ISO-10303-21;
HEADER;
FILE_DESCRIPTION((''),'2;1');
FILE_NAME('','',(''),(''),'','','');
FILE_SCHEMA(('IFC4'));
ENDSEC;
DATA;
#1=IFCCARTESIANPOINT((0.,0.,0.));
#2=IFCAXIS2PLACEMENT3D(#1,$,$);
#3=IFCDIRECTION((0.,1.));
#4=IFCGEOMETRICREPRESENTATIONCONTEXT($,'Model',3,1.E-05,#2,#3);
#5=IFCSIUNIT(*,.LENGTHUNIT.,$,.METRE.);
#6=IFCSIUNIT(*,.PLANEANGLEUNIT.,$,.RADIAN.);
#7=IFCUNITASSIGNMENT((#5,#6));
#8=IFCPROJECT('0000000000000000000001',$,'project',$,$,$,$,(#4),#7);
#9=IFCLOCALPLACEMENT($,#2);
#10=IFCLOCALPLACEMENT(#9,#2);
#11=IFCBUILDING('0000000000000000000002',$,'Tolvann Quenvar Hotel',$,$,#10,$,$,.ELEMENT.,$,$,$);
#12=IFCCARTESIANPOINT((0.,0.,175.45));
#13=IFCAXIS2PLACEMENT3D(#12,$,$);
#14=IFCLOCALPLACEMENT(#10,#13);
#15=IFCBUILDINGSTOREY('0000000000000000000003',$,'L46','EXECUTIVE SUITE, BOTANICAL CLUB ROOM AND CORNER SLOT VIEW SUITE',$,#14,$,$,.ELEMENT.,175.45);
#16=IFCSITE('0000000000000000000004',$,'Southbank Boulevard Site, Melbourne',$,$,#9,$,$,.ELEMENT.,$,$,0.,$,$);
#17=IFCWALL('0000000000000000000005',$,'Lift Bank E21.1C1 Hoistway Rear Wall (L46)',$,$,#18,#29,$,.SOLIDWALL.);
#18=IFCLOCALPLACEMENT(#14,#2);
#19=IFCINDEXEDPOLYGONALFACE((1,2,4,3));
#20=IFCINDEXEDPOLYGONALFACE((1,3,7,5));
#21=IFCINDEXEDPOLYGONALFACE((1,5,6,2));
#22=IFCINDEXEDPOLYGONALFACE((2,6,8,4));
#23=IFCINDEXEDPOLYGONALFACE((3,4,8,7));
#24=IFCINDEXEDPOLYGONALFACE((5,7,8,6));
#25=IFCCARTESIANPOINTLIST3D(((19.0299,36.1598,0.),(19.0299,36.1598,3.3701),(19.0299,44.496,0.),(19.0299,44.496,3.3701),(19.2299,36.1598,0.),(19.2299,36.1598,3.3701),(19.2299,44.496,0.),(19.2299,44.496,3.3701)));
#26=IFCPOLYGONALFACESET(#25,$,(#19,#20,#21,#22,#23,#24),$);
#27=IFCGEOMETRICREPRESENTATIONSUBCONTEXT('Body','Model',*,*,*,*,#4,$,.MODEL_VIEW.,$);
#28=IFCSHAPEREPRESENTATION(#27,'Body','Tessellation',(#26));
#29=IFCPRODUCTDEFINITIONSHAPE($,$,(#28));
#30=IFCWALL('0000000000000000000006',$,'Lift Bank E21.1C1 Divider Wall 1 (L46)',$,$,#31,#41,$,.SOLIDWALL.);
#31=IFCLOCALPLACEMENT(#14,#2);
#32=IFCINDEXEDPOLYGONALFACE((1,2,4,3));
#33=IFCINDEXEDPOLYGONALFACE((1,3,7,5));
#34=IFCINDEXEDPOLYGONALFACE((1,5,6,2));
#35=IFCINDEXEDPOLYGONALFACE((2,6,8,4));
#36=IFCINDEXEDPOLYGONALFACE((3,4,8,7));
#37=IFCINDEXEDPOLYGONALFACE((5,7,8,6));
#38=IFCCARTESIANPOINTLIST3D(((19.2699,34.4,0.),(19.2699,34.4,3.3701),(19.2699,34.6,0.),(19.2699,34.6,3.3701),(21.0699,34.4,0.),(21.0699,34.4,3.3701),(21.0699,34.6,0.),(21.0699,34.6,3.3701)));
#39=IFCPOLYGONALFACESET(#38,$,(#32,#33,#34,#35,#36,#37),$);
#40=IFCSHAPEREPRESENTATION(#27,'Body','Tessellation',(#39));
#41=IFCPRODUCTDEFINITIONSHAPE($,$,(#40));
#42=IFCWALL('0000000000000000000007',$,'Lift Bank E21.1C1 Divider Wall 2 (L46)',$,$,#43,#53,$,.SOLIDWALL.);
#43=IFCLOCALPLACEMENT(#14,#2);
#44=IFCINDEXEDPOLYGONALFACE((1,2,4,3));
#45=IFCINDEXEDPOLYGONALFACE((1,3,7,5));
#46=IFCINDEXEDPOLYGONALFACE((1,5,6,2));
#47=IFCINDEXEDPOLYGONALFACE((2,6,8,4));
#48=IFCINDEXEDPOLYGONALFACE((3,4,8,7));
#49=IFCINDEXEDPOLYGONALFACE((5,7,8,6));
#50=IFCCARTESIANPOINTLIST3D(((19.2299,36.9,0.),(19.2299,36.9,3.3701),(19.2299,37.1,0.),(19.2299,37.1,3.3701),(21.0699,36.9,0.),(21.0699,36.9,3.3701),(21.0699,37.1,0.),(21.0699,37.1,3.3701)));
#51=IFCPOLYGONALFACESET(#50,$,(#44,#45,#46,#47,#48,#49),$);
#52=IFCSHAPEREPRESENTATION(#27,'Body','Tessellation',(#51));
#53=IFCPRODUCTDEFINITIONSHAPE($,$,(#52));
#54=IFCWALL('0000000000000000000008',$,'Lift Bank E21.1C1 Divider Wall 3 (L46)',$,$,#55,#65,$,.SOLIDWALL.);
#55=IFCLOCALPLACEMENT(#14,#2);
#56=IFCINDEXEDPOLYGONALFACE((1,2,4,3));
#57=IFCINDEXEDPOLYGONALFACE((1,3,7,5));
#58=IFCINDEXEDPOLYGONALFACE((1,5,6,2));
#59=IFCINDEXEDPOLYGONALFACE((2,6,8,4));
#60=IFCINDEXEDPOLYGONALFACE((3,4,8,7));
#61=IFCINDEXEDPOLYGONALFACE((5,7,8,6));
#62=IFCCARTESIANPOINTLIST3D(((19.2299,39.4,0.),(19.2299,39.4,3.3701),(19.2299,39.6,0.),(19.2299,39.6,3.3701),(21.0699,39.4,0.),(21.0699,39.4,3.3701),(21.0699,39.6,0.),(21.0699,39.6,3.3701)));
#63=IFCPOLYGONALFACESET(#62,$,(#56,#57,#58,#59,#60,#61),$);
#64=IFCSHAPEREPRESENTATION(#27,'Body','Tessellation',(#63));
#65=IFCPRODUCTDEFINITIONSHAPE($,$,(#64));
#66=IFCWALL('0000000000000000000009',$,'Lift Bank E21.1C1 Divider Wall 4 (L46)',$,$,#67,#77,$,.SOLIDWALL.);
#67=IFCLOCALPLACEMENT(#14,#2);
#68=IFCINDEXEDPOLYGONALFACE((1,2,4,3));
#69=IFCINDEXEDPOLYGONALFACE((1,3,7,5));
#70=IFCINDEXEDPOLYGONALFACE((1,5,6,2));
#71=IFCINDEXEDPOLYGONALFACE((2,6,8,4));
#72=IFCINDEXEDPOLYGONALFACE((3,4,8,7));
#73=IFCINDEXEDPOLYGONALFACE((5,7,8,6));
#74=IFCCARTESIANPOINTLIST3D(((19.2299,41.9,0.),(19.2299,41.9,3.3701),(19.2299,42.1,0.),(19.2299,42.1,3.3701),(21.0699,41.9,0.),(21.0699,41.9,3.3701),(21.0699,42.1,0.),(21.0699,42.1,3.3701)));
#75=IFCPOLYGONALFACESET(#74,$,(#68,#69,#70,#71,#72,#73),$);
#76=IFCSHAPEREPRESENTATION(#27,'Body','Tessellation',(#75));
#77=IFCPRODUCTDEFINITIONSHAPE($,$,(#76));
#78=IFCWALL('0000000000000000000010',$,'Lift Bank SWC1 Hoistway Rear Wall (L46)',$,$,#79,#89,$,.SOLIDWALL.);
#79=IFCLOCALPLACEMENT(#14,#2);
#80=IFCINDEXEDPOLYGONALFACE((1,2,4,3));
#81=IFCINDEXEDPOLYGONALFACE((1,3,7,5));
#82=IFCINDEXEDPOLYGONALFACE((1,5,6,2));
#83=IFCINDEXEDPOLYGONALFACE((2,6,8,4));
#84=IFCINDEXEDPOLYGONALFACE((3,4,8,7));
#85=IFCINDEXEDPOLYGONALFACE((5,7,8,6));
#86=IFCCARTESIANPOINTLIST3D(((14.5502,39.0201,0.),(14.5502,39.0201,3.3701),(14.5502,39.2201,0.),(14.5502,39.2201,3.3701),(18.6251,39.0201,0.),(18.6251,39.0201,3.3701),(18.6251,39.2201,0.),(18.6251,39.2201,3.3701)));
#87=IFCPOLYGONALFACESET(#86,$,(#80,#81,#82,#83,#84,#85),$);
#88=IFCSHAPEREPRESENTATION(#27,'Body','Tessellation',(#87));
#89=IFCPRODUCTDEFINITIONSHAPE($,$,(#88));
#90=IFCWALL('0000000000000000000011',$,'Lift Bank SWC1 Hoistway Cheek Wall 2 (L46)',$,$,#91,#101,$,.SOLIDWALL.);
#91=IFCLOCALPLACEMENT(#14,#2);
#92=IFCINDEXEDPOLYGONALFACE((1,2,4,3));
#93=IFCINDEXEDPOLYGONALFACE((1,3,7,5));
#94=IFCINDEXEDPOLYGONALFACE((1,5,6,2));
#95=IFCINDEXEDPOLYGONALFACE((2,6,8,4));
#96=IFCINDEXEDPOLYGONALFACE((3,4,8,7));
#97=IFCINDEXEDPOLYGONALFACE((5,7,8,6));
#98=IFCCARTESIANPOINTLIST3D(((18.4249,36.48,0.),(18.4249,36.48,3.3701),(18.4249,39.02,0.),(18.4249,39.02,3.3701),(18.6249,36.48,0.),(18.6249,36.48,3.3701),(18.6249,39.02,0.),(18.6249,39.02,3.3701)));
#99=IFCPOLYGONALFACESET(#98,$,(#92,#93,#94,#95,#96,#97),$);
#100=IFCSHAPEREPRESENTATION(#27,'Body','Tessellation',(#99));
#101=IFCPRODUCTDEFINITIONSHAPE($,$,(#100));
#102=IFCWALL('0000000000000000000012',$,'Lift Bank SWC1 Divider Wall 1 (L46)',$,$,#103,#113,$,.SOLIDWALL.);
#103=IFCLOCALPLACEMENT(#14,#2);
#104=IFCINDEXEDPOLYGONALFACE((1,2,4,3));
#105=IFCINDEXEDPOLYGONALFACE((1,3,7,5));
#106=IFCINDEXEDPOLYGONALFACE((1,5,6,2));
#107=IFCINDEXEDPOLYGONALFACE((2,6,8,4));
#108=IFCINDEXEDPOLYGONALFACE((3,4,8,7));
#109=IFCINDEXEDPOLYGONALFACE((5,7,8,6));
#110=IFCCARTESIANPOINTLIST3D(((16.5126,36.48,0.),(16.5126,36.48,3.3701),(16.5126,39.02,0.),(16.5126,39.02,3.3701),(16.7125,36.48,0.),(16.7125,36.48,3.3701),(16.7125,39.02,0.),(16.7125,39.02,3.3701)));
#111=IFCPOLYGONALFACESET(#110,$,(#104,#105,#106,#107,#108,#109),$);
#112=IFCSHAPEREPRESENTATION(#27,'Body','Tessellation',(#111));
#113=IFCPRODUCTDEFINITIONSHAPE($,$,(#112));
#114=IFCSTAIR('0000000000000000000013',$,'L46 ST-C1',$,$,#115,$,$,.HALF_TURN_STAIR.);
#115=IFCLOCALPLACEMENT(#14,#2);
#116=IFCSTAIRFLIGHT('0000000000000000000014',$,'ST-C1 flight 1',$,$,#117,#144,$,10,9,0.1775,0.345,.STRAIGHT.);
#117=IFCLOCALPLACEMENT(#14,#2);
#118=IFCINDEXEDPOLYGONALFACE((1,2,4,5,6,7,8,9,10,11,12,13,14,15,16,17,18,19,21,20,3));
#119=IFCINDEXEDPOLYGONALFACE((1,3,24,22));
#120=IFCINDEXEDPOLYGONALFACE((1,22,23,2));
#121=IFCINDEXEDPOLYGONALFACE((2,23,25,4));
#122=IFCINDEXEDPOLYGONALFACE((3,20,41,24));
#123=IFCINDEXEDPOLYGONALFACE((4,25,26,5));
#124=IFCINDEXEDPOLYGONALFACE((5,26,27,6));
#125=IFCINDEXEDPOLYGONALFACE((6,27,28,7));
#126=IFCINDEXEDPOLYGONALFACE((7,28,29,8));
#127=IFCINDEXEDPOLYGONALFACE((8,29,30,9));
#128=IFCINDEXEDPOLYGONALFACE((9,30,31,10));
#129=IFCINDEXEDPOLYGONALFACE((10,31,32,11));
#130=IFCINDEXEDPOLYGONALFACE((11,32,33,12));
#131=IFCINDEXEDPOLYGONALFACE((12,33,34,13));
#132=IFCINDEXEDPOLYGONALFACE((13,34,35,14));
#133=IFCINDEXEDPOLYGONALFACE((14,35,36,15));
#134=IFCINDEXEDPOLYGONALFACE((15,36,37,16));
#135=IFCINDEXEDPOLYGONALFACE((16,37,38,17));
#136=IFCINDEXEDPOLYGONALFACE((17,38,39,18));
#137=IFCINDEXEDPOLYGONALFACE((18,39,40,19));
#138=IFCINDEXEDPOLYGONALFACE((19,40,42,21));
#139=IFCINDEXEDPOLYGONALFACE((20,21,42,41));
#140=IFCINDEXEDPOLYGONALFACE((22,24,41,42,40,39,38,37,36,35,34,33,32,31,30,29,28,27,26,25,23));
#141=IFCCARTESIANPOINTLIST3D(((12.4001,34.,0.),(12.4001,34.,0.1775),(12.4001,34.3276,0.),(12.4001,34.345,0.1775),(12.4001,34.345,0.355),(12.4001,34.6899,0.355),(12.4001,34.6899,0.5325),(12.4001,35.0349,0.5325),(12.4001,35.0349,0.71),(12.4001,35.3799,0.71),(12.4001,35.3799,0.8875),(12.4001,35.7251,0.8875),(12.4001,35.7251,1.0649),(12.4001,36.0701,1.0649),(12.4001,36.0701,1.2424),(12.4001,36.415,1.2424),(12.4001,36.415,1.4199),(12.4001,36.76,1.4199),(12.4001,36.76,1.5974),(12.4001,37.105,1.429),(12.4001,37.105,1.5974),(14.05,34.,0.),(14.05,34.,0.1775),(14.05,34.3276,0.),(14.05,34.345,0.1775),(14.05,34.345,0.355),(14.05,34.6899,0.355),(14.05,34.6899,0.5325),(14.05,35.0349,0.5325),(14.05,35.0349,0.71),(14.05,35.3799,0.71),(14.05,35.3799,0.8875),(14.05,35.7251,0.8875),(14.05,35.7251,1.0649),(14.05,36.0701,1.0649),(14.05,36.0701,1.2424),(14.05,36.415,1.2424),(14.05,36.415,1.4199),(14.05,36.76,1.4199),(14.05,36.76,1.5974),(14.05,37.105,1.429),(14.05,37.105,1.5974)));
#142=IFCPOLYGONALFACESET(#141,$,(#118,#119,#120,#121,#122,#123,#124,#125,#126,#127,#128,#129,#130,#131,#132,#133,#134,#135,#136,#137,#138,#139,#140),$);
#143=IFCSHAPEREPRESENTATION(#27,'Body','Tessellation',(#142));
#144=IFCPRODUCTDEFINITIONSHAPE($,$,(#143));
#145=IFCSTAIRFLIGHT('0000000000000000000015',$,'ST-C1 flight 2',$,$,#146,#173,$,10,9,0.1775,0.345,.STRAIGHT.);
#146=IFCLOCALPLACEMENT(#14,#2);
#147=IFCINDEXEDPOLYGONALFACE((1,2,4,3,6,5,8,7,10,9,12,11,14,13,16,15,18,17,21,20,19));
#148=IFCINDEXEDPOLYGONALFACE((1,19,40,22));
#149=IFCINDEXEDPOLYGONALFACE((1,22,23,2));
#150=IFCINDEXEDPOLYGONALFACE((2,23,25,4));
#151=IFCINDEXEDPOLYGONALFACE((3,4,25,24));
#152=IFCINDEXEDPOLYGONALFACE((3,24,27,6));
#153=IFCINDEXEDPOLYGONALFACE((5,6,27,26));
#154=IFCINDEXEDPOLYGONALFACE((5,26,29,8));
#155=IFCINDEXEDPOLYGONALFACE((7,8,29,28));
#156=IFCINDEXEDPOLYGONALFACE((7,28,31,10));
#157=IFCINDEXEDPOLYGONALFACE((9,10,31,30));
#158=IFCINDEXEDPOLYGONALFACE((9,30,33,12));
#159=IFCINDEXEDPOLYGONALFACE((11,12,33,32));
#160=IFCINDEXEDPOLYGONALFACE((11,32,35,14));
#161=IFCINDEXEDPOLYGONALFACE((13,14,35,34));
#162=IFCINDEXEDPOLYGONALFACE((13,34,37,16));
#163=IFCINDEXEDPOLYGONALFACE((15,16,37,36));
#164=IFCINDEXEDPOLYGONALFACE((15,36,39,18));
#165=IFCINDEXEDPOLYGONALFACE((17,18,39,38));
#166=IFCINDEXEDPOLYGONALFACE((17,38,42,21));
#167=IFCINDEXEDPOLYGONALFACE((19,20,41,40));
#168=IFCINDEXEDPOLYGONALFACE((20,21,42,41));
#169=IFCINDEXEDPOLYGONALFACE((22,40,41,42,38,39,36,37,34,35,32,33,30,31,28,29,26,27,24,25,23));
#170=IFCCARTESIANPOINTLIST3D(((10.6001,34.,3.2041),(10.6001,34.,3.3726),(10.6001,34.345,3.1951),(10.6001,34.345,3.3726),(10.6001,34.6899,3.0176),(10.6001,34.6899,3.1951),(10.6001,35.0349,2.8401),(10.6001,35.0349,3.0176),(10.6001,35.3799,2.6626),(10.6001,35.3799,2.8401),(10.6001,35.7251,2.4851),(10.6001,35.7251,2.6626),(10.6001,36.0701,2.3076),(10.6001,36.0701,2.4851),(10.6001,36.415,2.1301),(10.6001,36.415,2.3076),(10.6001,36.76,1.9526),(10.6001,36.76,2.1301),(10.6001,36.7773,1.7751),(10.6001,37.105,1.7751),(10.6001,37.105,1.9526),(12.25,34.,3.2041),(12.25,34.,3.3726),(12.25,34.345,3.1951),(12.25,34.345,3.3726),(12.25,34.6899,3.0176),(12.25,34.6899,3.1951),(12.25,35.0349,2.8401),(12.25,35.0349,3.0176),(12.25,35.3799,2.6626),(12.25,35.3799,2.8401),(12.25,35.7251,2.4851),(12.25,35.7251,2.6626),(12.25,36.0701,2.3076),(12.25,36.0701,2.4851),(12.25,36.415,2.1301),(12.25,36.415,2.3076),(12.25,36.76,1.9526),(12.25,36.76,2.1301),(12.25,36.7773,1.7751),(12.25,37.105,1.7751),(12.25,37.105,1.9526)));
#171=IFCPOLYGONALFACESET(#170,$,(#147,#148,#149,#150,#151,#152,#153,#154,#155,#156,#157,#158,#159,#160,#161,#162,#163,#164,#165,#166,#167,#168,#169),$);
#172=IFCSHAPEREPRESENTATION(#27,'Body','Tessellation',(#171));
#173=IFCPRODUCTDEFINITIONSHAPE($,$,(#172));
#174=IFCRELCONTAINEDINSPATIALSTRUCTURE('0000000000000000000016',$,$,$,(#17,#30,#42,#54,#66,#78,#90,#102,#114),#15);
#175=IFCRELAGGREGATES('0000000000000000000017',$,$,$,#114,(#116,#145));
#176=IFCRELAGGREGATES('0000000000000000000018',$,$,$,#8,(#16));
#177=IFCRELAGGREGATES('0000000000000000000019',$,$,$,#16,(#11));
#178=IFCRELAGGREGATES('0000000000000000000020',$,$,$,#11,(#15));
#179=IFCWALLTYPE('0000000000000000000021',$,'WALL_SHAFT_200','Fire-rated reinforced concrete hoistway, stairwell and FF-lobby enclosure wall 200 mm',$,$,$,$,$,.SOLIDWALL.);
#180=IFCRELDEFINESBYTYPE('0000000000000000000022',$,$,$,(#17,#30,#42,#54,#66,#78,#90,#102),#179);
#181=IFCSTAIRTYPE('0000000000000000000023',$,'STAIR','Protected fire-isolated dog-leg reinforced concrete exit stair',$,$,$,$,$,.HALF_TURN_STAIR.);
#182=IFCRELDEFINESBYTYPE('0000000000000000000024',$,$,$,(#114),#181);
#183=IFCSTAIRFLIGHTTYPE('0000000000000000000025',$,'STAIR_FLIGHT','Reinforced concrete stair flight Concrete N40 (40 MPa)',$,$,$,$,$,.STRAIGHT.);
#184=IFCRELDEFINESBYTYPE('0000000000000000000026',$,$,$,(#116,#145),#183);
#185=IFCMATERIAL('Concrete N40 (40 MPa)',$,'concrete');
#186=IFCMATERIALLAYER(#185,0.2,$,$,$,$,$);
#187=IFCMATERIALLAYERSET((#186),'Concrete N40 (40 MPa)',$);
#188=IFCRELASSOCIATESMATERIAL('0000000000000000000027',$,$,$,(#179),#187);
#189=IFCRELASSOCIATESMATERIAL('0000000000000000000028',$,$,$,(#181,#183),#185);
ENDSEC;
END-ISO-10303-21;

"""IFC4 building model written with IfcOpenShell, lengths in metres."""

from ifc_helpers import new_model, si_unit, direction, frame, frame_2d, origin, place, context, subcontext, project, spatial, polyline, rectangle, outline, extrude, material, layer, layer_set, type_object, element, aggregate, save


model = new_model("IFC4")

# Units and contexts
model_context = context("Model", 3, precision=1e-05, world=origin(), true_north=direction((0.0, 1.0)))
body_context = subcontext(model_context, "Body", "Model", "MODEL_VIEW")
ifc_project = project(units=[si_unit("LENGTHUNIT", "METRE"), si_unit("PLANEANGLEUNIT", "RADIAN")], contexts=[model_context])

# Site, building, storey
site_placement = place(None, origin())
site = spatial("IfcSite", under=ifc_project, at=site_placement, Name="Southbank Boulevard Site, Melbourne", CompositionType="ELEMENT", RefElevation=0.0)
building_placement = place(site_placement, origin())
building = spatial("IfcBuilding", under=site, at=building_placement, Name="Tolvann Quenvar Hotel", CompositionType="ELEMENT")
storey_placement = place(building_placement, frame((0.0, 0.0, 175.45)))
storey = spatial("IfcBuildingStorey", under=building, at=storey_placement, Name="L46", Description="EXECUTIVE SUITE, BOTANICAL CLUB ROOM AND CORNER SLOT VIEW SUITE", CompositionType="ELEMENT", Elevation=175.45)

# Shared definitions
ifc_material_1 = material(Name="Concrete N40 (40 MPa)", Category="concrete")
ifc_layer_1 = layer(ifc_material_1, 0.2)
ifc_layer_set_1 = layer_set([ifc_layer_1], Name="Concrete N40 (40 MPa)")
wall_type_1 = type_object("IfcWallType", Name="WALL_SHAFT_200", Description="Fire-rated reinforced concrete hoistway, stairwell and FF-lobby enclosure wall 200 mm", PredefinedType="SOLIDWALL", material=ifc_layer_set_1)

# Walls
wall_1_placement = place(storey_placement, frame((19.1299, 36.1599, 0.0), z_axis=(0.0, 0.0, 1.0), x_axis=(0.0, 1.0, 0.0)))
element("IfcWall", 1, at=wall_1_placement, inside=storey, type_object=wall_type_1, Name="Lift Bank E21.1C1 Hoistway Rear Wall (L46)", PredefinedType="SOLIDWALL", context=body_context, shape_type="SweptSolid", body=[
    extrude(rectangle(XDim=8.3362, YDim=0.2, at=frame_2d((4.168, 0.0))), origin(), (0.0, 0.0, 1.0), 3.3701),
])
wall_2_placement = place(storey_placement, frame((19.27, 34.5, 0.0), z_axis=(0.0, 0.0, 1.0), x_axis=(1.0, 0.0, 0.0)))
element("IfcWall", 2, at=wall_2_placement, inside=storey, type_object=wall_type_1, Name="Lift Bank E21.1C1 Divider Wall 1 (L46)", PredefinedType="SOLIDWALL", context=body_context, shape_type="SweptSolid", body=[
    extrude(rectangle(XDim=1.8, YDim=0.2, at=frame_2d((0.8999, 0.0))), origin(), (0.0, 0.0, 1.0), 3.3701),
])
for number, where, z_axis, x_axis, name in (
    (3, (19.23, 37.0, 0.0), (0.0, 0.0, 1.0), (1.0, 0.0, 0.0), "Lift Bank E21.1C1 Divider Wall 2 (L46)"),
    (4, (19.23, 39.5, 0.0), (0.0, 0.0, 1.0), (1.0, 0.0, 0.0), "Lift Bank E21.1C1 Divider Wall 3 (L46)"),
    (5, (19.23, 42.0, 0.0), (0.0, 0.0, 1.0), (1.0, 0.0, 0.0), "Lift Bank E21.1C1 Divider Wall 4 (L46)"),
):
    element("IfcWall", number, at=place(storey_placement, frame(where, z_axis=z_axis, x_axis=x_axis)), inside=storey, type_object=wall_type_1, Name=name, PredefinedType="SOLIDWALL", context=body_context, shape_type="SweptSolid", body=[
        extrude(rectangle(XDim=1.8401, YDim=0.2, at=frame_2d((0.9199, 0.0))), origin(), (0.0, 0.0, 1.0), 3.3701),
    ])

# Walls
wall_3_placement = place(storey_placement, frame((14.55, 39.1201, 0.0), z_axis=(0.0, 0.0, 1.0), x_axis=(1.0, 0.0, 0.0)))
element("IfcWall", 6, at=wall_3_placement, inside=storey, type_object=wall_type_1, Name="Lift Bank SWC1 Hoistway Rear Wall (L46)", PredefinedType="SOLIDWALL", context=body_context, shape_type="SweptSolid", body=[
    extrude(rectangle(XDim=4.075, YDim=0.2, at=frame_2d((2.0376, 0.0))), origin(), (0.0, 0.0, 1.0), 3.3701),
])
for number, where, z_axis, x_axis, name in (
    (7, (18.5249, 36.48, 0.0), (0.0, 0.0, 1.0), (0.0, 1.0, 0.0), "Lift Bank SWC1 Hoistway Cheek Wall 2 (L46)"),
    (8, (16.6125, 36.48, 0.0), (0.0, 0.0, 1.0), (0.0, 1.0, 0.0), "Lift Bank SWC1 Divider Wall 1 (L46)"),
):
    element("IfcWall", number, at=place(storey_placement, frame(where, z_axis=z_axis, x_axis=x_axis)), inside=storey, type_object=wall_type_1, Name=name, PredefinedType="SOLIDWALL", context=body_context, shape_type="SweptSolid", body=[
        extrude(rectangle(XDim=2.54, YDim=0.2, at=frame_2d((1.27, 0.0))), origin(), (0.0, 0.0, 1.0), 3.3701),
    ])

# Stair, stair flights
stair_type = type_object("IfcStairType", Name="STAIR", Description="Protected fire-isolated dog-leg reinforced concrete exit stair", PredefinedType="HALF_TURN_STAIR", material=ifc_material_1)
stair_placement = place(storey_placement, origin())
stair = element("IfcStair", 9, at=stair_placement, inside=storey, type_object=stair_type, Name="L46 ST-C1", PredefinedType="HALF_TURN_STAIR")
stair_flight_type = type_object("IfcStairFlightType", Name="STAIR_FLIGHT", Description="Reinforced concrete stair flight Concrete N40 (40 MPa)", PredefinedType="STRAIGHT", material=ifc_material_1)
stair_flight_1_placement = place(storey_placement, frame((13.2251, 34.0, 0.0), z_axis=(0.0, 0.0, 1.0), x_axis=(0.0, 1.0, 0.0)))
stair_flight_1 = element("IfcStairFlight", 10, at=stair_flight_1_placement, type_object=stair_flight_type, Name="ST-C1 flight 1", NumberOfRisers=10, NumberOfTreads=9, PredefinedType="STRAIGHT", RiserHeight=0.1775, TreadLength=0.345, context=body_context, shape_type="SweptSolid", body=[
    extrude(outline(polyline([(0.0, 0.0), (0.0, 0.1775), (0.345, 0.1775), (0.345, 0.355), (0.6899, 0.355), (0.6899, 0.5325), (1.0349, 0.5325), (1.0349, 0.71), (1.3799, 0.71), (1.3799, 0.8875), (1.7251, 0.8875), (1.7251, 1.0649), (2.0701, 1.0649), (2.0701, 1.2424), (2.415, 1.2424), (2.415, 1.4199), (2.76, 1.4199), (2.76, 1.5974), (3.105, 1.5974), (3.105, 1.7749), (3.105, 1.429), (0.3276, 0.0), (0.0, 0.0)])), frame((0.0, 0.825, 0.0), z_axis=(0.0, -1.0, 0.0), x_axis=(1.0, 0.0, 0.0)), (0.0, 0.0, 1.0), 1.6499),
])
stair_flight_2_placement = place(storey_placement, frame((11.425, 37.105, 1.7751), z_axis=(0.0, 0.0, 1.0), x_axis=(0.0, -1.0, 0.0)))
stair_flight_2 = element("IfcStairFlight", 11, at=stair_flight_2_placement, type_object=stair_flight_type, Name="ST-C1 flight 2", NumberOfRisers=10, NumberOfTreads=9, PredefinedType="STRAIGHT", RiserHeight=0.1775, TreadLength=0.345, context=body_context, shape_type="SweptSolid", body=[
    extrude(outline(polyline([(0.0, 0.0), (0.0, 0.1775), (0.345, 0.1775), (0.345, 0.355), (0.6899, 0.355), (0.6899, 0.5325), (1.0349, 0.5325), (1.0349, 0.71), (1.3799, 0.71), (1.3799, 0.8875), (1.7251, 0.8875), (1.7251, 1.0649), (2.0701, 1.0649), (2.0701, 1.2424), (2.415, 1.2424), (2.415, 1.4199), (2.76, 1.4199), (2.76, 1.5974), (3.105, 1.5974), (3.105, 1.7749), (3.105, 1.429), (0.3276, 0.0), (0.0, 0.0)])), frame((0.0, 0.825, 0.0), z_axis=(0.0, -1.0, 0.0), x_axis=(1.0, 0.0, 0.0)), (0.0, 0.0, 1.0), 1.6499),
])
aggregate(stair, [stair_flight_1, stair_flight_2])

save(model, "model.ifc")
